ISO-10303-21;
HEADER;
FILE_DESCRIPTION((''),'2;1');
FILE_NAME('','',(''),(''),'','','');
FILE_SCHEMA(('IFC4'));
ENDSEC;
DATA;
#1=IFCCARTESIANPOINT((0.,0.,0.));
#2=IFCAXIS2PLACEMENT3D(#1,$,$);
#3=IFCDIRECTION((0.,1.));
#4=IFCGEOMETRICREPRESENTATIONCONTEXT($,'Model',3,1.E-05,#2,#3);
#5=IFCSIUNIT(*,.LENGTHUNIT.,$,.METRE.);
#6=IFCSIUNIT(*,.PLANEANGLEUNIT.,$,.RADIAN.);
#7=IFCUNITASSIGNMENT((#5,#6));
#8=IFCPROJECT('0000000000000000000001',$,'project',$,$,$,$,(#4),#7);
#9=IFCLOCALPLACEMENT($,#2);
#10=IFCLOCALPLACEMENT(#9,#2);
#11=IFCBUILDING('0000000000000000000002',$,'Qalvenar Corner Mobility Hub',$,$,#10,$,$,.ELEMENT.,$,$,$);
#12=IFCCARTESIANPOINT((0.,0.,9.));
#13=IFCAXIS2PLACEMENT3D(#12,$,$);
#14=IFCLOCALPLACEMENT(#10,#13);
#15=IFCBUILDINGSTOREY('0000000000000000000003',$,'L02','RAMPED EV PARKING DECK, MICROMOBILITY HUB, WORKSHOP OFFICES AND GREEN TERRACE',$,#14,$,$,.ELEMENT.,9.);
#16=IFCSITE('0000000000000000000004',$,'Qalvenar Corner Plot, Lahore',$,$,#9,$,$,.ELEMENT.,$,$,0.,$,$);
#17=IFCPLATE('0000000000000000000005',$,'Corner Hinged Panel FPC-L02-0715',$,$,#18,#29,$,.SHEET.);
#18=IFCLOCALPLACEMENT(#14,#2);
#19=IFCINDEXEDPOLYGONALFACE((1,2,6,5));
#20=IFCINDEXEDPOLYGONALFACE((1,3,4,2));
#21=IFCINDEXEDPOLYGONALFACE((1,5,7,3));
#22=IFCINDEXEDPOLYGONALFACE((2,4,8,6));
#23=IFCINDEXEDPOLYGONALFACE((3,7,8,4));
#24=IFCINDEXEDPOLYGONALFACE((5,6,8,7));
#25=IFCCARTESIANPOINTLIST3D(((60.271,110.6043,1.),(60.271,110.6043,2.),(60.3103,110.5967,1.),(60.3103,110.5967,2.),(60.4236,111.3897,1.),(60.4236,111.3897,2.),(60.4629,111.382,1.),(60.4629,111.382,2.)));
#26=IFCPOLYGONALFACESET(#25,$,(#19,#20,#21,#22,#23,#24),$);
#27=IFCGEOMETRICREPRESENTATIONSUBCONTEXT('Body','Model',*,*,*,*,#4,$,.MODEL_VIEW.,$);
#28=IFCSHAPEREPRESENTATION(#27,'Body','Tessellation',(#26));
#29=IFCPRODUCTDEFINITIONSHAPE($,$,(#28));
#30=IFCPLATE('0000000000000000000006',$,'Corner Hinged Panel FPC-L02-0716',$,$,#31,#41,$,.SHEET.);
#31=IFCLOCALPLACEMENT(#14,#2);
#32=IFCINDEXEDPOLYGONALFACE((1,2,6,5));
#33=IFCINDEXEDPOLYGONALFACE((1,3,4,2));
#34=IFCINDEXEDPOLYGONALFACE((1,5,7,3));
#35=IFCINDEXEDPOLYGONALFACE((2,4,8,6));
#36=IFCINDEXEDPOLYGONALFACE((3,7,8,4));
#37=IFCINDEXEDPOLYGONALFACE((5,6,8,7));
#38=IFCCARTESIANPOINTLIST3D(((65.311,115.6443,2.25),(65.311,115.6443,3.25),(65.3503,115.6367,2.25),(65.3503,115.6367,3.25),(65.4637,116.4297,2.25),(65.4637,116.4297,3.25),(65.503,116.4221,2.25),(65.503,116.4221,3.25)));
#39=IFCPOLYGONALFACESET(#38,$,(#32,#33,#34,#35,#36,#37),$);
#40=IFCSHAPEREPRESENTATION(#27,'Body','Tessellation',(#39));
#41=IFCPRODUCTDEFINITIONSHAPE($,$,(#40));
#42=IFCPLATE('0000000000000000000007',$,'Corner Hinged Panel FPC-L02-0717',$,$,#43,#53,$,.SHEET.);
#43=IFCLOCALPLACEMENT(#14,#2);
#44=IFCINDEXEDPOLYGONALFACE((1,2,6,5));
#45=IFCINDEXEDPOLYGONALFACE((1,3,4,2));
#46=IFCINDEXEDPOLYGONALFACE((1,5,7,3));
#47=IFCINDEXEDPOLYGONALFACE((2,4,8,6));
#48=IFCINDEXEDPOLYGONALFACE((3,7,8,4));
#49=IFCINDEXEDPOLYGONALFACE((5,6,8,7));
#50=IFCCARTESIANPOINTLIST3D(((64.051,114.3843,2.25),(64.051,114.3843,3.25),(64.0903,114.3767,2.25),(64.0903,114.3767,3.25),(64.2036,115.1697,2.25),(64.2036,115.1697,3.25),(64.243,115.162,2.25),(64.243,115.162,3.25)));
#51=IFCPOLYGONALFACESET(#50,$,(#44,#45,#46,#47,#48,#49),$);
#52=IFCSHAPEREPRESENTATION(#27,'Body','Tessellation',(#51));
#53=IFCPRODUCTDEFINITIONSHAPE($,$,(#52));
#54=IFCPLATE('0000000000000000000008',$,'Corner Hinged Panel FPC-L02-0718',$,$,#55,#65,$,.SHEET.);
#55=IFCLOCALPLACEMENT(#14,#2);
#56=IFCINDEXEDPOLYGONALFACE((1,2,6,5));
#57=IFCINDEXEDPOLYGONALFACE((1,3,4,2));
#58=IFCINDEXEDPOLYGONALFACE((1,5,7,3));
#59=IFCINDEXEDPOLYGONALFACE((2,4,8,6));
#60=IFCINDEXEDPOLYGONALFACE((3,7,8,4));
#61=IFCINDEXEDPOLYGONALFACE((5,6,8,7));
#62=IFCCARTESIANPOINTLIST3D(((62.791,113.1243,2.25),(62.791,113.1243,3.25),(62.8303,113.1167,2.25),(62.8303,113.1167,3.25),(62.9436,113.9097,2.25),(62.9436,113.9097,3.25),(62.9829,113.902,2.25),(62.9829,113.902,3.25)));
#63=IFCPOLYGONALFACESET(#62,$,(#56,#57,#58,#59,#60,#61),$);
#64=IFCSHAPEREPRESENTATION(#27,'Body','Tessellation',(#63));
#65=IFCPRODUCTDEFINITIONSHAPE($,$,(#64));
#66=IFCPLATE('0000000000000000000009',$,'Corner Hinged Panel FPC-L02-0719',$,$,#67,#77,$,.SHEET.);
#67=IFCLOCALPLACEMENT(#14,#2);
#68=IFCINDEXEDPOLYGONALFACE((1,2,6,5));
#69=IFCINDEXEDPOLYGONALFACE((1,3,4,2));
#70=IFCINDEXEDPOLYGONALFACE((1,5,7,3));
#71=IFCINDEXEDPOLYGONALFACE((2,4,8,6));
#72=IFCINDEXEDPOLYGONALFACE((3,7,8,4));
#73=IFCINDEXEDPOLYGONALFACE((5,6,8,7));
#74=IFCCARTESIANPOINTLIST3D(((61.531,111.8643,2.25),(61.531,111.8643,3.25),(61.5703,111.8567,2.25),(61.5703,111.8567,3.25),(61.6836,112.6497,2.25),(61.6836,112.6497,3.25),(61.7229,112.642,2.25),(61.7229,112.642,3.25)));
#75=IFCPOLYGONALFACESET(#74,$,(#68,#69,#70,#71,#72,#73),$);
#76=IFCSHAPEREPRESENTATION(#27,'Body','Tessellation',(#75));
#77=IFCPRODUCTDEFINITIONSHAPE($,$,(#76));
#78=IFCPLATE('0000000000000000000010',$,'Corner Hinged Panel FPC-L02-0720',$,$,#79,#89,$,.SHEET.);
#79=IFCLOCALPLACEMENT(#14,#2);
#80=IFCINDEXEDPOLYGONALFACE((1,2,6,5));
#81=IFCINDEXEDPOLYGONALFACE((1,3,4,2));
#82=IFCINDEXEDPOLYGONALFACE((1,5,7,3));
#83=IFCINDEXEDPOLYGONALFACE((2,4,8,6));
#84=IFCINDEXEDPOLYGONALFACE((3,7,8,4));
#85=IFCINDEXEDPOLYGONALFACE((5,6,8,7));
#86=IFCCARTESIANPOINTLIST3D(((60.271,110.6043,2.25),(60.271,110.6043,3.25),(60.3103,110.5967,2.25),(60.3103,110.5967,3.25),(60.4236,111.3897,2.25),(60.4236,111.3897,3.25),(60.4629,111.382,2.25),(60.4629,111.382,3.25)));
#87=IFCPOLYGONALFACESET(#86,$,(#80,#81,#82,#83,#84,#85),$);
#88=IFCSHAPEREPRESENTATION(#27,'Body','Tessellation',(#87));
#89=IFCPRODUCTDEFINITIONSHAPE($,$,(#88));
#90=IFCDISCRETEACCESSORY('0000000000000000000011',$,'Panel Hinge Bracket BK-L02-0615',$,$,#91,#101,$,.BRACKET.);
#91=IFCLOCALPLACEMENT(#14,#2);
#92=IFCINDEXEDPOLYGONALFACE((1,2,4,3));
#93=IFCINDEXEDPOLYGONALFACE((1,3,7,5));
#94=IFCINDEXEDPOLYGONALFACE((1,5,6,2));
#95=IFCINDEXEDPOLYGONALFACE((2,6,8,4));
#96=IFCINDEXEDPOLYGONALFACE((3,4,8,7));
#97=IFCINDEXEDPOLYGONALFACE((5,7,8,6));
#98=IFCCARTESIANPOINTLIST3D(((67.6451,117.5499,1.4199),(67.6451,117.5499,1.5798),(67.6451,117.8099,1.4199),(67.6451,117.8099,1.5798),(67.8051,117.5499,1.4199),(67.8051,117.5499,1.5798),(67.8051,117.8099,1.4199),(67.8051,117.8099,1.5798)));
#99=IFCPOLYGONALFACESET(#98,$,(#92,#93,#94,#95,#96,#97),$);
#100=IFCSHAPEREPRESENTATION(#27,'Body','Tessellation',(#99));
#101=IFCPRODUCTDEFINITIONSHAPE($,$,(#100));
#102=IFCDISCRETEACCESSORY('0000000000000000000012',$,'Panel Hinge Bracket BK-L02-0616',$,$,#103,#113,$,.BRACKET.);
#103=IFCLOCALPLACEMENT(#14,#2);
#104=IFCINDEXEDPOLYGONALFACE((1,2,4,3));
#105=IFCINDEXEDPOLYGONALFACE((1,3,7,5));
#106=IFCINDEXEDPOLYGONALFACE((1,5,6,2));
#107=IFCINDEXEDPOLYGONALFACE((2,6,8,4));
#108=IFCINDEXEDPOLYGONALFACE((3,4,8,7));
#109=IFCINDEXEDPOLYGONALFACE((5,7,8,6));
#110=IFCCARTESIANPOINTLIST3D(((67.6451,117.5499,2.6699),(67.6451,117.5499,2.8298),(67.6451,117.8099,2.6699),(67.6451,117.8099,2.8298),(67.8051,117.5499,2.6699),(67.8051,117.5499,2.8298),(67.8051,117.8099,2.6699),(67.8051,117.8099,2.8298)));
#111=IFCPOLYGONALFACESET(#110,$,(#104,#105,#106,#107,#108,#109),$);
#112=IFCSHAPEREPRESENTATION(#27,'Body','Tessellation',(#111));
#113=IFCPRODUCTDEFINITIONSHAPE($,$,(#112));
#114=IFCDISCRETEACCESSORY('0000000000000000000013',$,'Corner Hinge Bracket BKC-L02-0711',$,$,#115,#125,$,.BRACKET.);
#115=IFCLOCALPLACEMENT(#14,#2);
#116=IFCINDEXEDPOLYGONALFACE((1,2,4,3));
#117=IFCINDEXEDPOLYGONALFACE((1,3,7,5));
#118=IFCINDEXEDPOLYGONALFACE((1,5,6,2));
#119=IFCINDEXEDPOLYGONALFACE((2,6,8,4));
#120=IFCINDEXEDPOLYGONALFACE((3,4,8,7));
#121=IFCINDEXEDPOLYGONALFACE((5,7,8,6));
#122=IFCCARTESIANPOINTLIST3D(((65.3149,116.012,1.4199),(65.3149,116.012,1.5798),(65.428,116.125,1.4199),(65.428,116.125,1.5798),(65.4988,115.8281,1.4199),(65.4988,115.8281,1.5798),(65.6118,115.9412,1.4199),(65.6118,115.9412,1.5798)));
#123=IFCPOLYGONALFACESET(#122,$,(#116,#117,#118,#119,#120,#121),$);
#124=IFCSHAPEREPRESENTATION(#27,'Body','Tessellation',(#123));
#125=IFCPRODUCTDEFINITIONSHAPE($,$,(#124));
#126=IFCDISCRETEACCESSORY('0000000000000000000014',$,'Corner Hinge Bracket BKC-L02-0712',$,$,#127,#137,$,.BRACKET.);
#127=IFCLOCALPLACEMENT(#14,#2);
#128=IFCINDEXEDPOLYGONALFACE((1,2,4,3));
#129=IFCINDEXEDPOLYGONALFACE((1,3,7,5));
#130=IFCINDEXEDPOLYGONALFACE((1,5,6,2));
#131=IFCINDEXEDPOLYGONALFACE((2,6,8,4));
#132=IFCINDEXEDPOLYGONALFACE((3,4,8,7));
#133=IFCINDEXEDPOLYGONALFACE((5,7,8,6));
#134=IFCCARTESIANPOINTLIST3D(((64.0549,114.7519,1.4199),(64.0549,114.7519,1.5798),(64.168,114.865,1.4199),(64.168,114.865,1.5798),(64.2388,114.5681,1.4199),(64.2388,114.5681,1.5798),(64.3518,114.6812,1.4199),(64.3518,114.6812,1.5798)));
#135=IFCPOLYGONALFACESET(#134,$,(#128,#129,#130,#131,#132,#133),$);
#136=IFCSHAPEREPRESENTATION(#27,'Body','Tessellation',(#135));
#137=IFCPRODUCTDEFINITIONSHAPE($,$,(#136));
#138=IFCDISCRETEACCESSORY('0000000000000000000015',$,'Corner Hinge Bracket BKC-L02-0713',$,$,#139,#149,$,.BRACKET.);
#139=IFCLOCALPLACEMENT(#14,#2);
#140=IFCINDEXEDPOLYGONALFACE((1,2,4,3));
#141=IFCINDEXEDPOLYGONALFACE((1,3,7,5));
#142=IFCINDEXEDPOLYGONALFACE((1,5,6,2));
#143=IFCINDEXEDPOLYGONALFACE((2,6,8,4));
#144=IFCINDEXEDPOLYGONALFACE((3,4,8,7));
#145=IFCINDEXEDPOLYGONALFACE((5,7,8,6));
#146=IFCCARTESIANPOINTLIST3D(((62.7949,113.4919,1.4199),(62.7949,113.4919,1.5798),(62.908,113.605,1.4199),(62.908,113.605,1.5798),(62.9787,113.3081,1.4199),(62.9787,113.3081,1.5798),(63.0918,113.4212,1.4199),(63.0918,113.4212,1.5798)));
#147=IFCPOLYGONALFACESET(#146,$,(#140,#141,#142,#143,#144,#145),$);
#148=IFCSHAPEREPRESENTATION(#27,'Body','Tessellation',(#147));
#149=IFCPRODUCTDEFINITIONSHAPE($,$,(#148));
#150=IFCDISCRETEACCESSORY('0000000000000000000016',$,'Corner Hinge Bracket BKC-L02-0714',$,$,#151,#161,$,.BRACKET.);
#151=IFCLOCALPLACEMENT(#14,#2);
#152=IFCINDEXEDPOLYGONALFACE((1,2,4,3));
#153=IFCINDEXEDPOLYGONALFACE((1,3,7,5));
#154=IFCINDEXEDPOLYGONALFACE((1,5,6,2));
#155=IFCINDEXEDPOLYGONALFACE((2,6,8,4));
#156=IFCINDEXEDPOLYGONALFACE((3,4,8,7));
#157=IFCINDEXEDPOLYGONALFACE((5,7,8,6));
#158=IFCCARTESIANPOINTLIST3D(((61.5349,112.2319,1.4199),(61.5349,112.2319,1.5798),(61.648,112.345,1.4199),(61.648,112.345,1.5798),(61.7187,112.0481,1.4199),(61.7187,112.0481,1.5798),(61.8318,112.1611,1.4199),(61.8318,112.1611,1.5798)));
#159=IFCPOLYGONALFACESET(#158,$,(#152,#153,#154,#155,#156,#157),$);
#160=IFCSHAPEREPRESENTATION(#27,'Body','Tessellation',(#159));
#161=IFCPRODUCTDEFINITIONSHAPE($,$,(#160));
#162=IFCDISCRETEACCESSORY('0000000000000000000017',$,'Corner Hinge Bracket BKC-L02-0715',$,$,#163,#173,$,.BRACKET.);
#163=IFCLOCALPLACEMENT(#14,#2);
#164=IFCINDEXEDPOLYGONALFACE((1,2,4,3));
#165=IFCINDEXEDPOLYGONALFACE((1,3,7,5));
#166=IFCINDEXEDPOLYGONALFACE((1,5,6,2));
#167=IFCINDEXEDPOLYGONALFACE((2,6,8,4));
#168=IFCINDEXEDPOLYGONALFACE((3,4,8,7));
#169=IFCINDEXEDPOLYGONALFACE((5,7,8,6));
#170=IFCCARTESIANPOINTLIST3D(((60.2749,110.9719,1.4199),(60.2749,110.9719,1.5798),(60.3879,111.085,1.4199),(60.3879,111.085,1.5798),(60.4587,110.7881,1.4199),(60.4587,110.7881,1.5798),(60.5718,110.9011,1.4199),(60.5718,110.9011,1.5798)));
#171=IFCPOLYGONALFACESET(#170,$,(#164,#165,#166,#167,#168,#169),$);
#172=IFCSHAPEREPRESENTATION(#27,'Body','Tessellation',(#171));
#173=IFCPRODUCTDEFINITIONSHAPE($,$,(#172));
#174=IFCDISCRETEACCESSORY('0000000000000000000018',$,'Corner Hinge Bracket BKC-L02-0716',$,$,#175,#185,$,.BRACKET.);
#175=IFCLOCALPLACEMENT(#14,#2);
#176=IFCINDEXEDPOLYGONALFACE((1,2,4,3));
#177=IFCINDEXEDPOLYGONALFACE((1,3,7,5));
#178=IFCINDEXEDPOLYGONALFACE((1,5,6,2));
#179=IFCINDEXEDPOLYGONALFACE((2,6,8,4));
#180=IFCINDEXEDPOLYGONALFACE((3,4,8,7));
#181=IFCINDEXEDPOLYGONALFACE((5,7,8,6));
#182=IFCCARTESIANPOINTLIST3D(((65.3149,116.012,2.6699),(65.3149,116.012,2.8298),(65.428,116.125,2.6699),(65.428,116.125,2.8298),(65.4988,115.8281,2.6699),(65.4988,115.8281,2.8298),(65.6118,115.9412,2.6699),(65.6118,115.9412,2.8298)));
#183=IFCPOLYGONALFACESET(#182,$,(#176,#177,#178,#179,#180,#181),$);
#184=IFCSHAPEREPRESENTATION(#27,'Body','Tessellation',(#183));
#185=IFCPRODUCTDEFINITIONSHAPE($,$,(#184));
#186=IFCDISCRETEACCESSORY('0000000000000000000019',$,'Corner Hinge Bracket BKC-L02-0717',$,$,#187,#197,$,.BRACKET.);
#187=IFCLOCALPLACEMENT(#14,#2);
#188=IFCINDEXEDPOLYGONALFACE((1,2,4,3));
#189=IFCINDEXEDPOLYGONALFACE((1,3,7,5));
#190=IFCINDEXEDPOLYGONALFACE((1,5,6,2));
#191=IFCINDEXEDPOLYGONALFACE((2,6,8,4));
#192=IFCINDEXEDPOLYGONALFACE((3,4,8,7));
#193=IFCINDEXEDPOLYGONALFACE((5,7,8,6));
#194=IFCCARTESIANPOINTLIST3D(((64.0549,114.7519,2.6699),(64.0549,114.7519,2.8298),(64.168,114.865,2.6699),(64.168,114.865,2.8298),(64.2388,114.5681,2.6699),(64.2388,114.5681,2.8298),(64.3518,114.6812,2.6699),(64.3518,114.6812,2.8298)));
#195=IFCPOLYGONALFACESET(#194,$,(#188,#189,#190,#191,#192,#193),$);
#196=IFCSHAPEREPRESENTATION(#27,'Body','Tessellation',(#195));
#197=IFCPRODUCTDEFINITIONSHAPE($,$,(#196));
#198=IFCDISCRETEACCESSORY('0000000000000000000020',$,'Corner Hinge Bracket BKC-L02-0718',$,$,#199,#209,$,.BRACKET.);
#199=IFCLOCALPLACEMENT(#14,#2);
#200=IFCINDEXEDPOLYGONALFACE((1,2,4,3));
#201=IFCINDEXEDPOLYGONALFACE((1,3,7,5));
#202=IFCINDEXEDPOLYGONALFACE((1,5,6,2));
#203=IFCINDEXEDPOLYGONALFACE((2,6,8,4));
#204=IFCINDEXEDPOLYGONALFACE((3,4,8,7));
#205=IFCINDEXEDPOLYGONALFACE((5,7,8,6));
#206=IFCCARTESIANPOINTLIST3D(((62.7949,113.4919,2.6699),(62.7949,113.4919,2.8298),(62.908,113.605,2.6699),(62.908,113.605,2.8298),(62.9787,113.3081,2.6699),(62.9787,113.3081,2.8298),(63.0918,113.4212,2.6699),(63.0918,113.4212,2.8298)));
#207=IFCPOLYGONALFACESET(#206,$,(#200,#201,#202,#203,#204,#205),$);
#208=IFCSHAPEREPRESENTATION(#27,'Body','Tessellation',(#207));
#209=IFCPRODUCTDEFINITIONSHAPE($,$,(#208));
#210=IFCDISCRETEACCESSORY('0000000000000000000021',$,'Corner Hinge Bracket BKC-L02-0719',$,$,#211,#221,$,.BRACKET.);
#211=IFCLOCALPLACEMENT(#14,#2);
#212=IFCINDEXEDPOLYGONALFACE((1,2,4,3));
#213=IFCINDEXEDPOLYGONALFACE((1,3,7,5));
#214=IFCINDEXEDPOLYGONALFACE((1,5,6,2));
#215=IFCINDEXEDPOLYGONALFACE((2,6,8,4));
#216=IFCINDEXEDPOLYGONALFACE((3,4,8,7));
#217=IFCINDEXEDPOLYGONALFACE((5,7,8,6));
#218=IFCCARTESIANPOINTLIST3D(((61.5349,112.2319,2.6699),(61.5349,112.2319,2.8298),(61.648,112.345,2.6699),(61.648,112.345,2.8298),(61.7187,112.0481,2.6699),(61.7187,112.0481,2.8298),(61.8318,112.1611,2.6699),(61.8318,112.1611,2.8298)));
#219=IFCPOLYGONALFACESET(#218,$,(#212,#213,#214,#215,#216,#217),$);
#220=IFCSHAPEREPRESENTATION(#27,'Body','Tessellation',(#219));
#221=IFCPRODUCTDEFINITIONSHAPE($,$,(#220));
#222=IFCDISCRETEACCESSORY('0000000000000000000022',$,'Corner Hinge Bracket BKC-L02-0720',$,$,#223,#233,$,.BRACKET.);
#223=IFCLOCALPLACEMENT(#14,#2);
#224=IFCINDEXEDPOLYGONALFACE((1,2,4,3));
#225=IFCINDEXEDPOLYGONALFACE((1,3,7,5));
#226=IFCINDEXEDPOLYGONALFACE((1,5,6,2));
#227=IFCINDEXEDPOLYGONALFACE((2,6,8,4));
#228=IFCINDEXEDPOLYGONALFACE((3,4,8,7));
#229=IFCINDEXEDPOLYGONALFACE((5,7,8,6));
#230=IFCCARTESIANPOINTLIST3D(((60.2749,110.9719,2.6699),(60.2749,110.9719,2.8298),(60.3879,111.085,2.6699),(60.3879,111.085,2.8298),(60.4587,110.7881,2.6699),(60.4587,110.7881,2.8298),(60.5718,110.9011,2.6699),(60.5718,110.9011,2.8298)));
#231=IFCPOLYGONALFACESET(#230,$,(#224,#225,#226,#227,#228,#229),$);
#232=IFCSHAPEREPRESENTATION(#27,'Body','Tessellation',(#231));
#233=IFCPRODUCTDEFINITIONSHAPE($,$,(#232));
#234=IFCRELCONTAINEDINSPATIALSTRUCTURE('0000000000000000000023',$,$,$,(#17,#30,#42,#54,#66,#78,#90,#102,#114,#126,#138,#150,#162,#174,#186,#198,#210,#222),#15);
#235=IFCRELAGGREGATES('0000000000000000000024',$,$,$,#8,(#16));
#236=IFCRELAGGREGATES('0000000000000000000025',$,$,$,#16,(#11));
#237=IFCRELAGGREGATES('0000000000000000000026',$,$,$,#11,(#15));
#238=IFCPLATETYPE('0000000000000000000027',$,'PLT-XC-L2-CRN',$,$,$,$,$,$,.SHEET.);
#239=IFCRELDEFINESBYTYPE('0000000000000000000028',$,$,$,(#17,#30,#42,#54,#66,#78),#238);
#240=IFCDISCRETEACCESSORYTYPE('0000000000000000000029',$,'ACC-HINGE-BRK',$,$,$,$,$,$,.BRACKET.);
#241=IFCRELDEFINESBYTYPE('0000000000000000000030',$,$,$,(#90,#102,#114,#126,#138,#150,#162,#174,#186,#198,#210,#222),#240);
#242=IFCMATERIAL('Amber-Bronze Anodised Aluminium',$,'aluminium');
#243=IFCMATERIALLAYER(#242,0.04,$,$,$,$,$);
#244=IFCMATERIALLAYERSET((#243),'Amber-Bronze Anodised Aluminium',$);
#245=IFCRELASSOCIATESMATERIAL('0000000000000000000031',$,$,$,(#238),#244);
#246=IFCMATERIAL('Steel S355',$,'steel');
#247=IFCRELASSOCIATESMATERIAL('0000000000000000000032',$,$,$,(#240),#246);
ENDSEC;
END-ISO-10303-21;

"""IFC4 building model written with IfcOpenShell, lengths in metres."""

from ifc_helpers import new_model, si_unit, direction, frame, origin, origin_2d, place, context, subcontext, project, spatial, rectangle, extrude, material, layer, layer_set, type_object, element, save


model = new_model("IFC4")

# Units and contexts
model_context = context("Model", 3, precision=1e-05, world=origin(), true_north=direction((0.0, 1.0)))
body_context = subcontext(model_context, "Body", "Model", "MODEL_VIEW")
ifc_project = project(units=[si_unit("LENGTHUNIT", "METRE"), si_unit("PLANEANGLEUNIT", "RADIAN")], contexts=[model_context])

# Site, building, storey
site_placement = place(None, origin())
site = spatial("IfcSite", under=ifc_project, at=site_placement, Name="Qalvenar Corner Plot, Lahore", CompositionType="ELEMENT", RefElevation=0.0)
building_placement = place(site_placement, origin())
building = spatial("IfcBuilding", under=site, at=building_placement, Name="Qalvenar Corner Mobility Hub", CompositionType="ELEMENT")
storey_placement = place(building_placement, frame((0.0, 0.0, 9.0)))
storey = spatial("IfcBuildingStorey", under=building, at=storey_placement, Name="L02", Description="RAMPED EV PARKING DECK, MICROMOBILITY HUB, WORKSHOP OFFICES AND GREEN TERRACE", CompositionType="ELEMENT", Elevation=9.0)

# Shared definitions
ifc_material_1 = material(Name="Steel S355", Category="steel")

# Plates
ifc_material_2 = material(Name="Amber-Bronze Anodised Aluminium", Category="aluminium")
ifc_layer = layer(ifc_material_2, 0.04)
ifc_layer_set = layer_set([ifc_layer], Name="Amber-Bronze Anodised Aluminium")
plate_type = type_object("IfcPlateType", Name="PLT-XC-L2-CRN", PredefinedType="SHEET", material=ifc_layer_set)
for number, where, z_axis, x_axis, name in (
    (1, (60.3669, 110.9932, 1.0), (0.0, 0.0, 1.0), (-0.190809, -0.981627, 0.0), "Corner Hinged Panel FPC-L02-0715"),
    (2, (65.407, 116.0332, 2.25), (0.0, 0.0, 1.0), (-0.190809, -0.981627, 0.0), "Corner Hinged Panel FPC-L02-0716"),
    (3, (64.147, 114.7732, 2.25), (0.0, 0.0, 1.0), (-0.190809, -0.981627, 0.0), "Corner Hinged Panel FPC-L02-0717"),
    (4, (62.887, 113.5132, 2.25), (0.0, 0.0, 1.0), (-0.190809, -0.981627, 0.0), "Corner Hinged Panel FPC-L02-0718"),
    (5, (61.627, 112.2532, 2.25), (0.0, 0.0, 1.0), (-0.190809, -0.981627, 0.0), "Corner Hinged Panel FPC-L02-0719"),
    (6, (60.3669, 110.9932, 2.25), (0.0, 0.0, 1.0), (-0.190809, -0.981627, 0.0), "Corner Hinged Panel FPC-L02-0720"),
):
    element("IfcPlate", number, at=place(storey_placement, frame(where, z_axis=z_axis, x_axis=x_axis)), inside=storey, type_object=plate_type, Name=name, PredefinedType="SHEET", context=body_context, shape_type="SweptSolid", body=[
        extrude(rectangle(XDim=0.8, YDim=0.04, at=origin_2d()), origin(), (0.0, 0.0, 1.0), 1.0),
    ])

# Discrete accessories
discrete_accessory_type = type_object("IfcDiscreteAccessoryType", Name="ACC-HINGE-BRK", PredefinedType="BRACKET", material=ifc_material_1)
for number, where, z_axis, x_axis, name in (
    (7, (67.7251, 117.6799, 1.4199), (0.0, 0.0, 1.0), (-1.0, 0.0, 0.0), "Panel Hinge Bracket BK-L02-0615"),
    (8, (67.7251, 117.6799, 2.6699), (0.0, 0.0, 1.0), (-1.0, 0.0, 0.0), "Panel Hinge Bracket BK-L02-0616"),
    (9, (65.4634, 115.9766, 1.4199), (0.0, 0.0, 1.0), (-0.707107, -0.707107, 0.0), "Corner Hinge Bracket BKC-L02-0711"),
    (10, (64.2034, 114.7166, 1.4199), (0.0, 0.0, 1.0), (-0.707107, -0.707107, 0.0), "Corner Hinge Bracket BKC-L02-0712"),
    (11, (62.9434, 113.4565, 1.4199), (0.0, 0.0, 1.0), (-0.707107, -0.707107, 0.0), "Corner Hinge Bracket BKC-L02-0713"),
    (12, (61.6833, 112.1965, 1.4199), (0.0, 0.0, 1.0), (-0.707107, -0.707107, 0.0), "Corner Hinge Bracket BKC-L02-0714"),
    (13, (60.4233, 110.9365, 1.4199), (0.0, 0.0, 1.0), (-0.707107, -0.707107, 0.0), "Corner Hinge Bracket BKC-L02-0715"),
    (14, (65.4634, 115.9766, 2.6699), (0.0, 0.0, 1.0), (-0.707107, -0.707107, 0.0), "Corner Hinge Bracket BKC-L02-0716"),
    (15, (64.2034, 114.7166, 2.6699), (0.0, 0.0, 1.0), (-0.707107, -0.707107, 0.0), "Corner Hinge Bracket BKC-L02-0717"),
    (16, (62.9434, 113.4565, 2.6699), (0.0, 0.0, 1.0), (-0.707107, -0.707107, 0.0), "Corner Hinge Bracket BKC-L02-0718"),
    (17, (61.6833, 112.1965, 2.6699), (0.0, 0.0, 1.0), (-0.707107, -0.707107, 0.0), "Corner Hinge Bracket BKC-L02-0719"),
    (18, (60.4233, 110.9365, 2.6699), (0.0, 0.0, 1.0), (-0.707107, -0.707107, 0.0), "Corner Hinge Bracket BKC-L02-0720"),
):
    element("IfcDiscreteAccessory", number, at=place(storey_placement, frame(where, z_axis=z_axis, x_axis=x_axis)), inside=storey, type_object=discrete_accessory_type, Name=name, PredefinedType="BRACKET", context=body_context, shape_type="SweptSolid", body=[
        extrude(rectangle(XDim=0.1599, YDim=0.26, at=origin_2d()), origin(), (0.0, 0.0, 1.0), 0.1599),
    ])

save(model, "model.ifc")
